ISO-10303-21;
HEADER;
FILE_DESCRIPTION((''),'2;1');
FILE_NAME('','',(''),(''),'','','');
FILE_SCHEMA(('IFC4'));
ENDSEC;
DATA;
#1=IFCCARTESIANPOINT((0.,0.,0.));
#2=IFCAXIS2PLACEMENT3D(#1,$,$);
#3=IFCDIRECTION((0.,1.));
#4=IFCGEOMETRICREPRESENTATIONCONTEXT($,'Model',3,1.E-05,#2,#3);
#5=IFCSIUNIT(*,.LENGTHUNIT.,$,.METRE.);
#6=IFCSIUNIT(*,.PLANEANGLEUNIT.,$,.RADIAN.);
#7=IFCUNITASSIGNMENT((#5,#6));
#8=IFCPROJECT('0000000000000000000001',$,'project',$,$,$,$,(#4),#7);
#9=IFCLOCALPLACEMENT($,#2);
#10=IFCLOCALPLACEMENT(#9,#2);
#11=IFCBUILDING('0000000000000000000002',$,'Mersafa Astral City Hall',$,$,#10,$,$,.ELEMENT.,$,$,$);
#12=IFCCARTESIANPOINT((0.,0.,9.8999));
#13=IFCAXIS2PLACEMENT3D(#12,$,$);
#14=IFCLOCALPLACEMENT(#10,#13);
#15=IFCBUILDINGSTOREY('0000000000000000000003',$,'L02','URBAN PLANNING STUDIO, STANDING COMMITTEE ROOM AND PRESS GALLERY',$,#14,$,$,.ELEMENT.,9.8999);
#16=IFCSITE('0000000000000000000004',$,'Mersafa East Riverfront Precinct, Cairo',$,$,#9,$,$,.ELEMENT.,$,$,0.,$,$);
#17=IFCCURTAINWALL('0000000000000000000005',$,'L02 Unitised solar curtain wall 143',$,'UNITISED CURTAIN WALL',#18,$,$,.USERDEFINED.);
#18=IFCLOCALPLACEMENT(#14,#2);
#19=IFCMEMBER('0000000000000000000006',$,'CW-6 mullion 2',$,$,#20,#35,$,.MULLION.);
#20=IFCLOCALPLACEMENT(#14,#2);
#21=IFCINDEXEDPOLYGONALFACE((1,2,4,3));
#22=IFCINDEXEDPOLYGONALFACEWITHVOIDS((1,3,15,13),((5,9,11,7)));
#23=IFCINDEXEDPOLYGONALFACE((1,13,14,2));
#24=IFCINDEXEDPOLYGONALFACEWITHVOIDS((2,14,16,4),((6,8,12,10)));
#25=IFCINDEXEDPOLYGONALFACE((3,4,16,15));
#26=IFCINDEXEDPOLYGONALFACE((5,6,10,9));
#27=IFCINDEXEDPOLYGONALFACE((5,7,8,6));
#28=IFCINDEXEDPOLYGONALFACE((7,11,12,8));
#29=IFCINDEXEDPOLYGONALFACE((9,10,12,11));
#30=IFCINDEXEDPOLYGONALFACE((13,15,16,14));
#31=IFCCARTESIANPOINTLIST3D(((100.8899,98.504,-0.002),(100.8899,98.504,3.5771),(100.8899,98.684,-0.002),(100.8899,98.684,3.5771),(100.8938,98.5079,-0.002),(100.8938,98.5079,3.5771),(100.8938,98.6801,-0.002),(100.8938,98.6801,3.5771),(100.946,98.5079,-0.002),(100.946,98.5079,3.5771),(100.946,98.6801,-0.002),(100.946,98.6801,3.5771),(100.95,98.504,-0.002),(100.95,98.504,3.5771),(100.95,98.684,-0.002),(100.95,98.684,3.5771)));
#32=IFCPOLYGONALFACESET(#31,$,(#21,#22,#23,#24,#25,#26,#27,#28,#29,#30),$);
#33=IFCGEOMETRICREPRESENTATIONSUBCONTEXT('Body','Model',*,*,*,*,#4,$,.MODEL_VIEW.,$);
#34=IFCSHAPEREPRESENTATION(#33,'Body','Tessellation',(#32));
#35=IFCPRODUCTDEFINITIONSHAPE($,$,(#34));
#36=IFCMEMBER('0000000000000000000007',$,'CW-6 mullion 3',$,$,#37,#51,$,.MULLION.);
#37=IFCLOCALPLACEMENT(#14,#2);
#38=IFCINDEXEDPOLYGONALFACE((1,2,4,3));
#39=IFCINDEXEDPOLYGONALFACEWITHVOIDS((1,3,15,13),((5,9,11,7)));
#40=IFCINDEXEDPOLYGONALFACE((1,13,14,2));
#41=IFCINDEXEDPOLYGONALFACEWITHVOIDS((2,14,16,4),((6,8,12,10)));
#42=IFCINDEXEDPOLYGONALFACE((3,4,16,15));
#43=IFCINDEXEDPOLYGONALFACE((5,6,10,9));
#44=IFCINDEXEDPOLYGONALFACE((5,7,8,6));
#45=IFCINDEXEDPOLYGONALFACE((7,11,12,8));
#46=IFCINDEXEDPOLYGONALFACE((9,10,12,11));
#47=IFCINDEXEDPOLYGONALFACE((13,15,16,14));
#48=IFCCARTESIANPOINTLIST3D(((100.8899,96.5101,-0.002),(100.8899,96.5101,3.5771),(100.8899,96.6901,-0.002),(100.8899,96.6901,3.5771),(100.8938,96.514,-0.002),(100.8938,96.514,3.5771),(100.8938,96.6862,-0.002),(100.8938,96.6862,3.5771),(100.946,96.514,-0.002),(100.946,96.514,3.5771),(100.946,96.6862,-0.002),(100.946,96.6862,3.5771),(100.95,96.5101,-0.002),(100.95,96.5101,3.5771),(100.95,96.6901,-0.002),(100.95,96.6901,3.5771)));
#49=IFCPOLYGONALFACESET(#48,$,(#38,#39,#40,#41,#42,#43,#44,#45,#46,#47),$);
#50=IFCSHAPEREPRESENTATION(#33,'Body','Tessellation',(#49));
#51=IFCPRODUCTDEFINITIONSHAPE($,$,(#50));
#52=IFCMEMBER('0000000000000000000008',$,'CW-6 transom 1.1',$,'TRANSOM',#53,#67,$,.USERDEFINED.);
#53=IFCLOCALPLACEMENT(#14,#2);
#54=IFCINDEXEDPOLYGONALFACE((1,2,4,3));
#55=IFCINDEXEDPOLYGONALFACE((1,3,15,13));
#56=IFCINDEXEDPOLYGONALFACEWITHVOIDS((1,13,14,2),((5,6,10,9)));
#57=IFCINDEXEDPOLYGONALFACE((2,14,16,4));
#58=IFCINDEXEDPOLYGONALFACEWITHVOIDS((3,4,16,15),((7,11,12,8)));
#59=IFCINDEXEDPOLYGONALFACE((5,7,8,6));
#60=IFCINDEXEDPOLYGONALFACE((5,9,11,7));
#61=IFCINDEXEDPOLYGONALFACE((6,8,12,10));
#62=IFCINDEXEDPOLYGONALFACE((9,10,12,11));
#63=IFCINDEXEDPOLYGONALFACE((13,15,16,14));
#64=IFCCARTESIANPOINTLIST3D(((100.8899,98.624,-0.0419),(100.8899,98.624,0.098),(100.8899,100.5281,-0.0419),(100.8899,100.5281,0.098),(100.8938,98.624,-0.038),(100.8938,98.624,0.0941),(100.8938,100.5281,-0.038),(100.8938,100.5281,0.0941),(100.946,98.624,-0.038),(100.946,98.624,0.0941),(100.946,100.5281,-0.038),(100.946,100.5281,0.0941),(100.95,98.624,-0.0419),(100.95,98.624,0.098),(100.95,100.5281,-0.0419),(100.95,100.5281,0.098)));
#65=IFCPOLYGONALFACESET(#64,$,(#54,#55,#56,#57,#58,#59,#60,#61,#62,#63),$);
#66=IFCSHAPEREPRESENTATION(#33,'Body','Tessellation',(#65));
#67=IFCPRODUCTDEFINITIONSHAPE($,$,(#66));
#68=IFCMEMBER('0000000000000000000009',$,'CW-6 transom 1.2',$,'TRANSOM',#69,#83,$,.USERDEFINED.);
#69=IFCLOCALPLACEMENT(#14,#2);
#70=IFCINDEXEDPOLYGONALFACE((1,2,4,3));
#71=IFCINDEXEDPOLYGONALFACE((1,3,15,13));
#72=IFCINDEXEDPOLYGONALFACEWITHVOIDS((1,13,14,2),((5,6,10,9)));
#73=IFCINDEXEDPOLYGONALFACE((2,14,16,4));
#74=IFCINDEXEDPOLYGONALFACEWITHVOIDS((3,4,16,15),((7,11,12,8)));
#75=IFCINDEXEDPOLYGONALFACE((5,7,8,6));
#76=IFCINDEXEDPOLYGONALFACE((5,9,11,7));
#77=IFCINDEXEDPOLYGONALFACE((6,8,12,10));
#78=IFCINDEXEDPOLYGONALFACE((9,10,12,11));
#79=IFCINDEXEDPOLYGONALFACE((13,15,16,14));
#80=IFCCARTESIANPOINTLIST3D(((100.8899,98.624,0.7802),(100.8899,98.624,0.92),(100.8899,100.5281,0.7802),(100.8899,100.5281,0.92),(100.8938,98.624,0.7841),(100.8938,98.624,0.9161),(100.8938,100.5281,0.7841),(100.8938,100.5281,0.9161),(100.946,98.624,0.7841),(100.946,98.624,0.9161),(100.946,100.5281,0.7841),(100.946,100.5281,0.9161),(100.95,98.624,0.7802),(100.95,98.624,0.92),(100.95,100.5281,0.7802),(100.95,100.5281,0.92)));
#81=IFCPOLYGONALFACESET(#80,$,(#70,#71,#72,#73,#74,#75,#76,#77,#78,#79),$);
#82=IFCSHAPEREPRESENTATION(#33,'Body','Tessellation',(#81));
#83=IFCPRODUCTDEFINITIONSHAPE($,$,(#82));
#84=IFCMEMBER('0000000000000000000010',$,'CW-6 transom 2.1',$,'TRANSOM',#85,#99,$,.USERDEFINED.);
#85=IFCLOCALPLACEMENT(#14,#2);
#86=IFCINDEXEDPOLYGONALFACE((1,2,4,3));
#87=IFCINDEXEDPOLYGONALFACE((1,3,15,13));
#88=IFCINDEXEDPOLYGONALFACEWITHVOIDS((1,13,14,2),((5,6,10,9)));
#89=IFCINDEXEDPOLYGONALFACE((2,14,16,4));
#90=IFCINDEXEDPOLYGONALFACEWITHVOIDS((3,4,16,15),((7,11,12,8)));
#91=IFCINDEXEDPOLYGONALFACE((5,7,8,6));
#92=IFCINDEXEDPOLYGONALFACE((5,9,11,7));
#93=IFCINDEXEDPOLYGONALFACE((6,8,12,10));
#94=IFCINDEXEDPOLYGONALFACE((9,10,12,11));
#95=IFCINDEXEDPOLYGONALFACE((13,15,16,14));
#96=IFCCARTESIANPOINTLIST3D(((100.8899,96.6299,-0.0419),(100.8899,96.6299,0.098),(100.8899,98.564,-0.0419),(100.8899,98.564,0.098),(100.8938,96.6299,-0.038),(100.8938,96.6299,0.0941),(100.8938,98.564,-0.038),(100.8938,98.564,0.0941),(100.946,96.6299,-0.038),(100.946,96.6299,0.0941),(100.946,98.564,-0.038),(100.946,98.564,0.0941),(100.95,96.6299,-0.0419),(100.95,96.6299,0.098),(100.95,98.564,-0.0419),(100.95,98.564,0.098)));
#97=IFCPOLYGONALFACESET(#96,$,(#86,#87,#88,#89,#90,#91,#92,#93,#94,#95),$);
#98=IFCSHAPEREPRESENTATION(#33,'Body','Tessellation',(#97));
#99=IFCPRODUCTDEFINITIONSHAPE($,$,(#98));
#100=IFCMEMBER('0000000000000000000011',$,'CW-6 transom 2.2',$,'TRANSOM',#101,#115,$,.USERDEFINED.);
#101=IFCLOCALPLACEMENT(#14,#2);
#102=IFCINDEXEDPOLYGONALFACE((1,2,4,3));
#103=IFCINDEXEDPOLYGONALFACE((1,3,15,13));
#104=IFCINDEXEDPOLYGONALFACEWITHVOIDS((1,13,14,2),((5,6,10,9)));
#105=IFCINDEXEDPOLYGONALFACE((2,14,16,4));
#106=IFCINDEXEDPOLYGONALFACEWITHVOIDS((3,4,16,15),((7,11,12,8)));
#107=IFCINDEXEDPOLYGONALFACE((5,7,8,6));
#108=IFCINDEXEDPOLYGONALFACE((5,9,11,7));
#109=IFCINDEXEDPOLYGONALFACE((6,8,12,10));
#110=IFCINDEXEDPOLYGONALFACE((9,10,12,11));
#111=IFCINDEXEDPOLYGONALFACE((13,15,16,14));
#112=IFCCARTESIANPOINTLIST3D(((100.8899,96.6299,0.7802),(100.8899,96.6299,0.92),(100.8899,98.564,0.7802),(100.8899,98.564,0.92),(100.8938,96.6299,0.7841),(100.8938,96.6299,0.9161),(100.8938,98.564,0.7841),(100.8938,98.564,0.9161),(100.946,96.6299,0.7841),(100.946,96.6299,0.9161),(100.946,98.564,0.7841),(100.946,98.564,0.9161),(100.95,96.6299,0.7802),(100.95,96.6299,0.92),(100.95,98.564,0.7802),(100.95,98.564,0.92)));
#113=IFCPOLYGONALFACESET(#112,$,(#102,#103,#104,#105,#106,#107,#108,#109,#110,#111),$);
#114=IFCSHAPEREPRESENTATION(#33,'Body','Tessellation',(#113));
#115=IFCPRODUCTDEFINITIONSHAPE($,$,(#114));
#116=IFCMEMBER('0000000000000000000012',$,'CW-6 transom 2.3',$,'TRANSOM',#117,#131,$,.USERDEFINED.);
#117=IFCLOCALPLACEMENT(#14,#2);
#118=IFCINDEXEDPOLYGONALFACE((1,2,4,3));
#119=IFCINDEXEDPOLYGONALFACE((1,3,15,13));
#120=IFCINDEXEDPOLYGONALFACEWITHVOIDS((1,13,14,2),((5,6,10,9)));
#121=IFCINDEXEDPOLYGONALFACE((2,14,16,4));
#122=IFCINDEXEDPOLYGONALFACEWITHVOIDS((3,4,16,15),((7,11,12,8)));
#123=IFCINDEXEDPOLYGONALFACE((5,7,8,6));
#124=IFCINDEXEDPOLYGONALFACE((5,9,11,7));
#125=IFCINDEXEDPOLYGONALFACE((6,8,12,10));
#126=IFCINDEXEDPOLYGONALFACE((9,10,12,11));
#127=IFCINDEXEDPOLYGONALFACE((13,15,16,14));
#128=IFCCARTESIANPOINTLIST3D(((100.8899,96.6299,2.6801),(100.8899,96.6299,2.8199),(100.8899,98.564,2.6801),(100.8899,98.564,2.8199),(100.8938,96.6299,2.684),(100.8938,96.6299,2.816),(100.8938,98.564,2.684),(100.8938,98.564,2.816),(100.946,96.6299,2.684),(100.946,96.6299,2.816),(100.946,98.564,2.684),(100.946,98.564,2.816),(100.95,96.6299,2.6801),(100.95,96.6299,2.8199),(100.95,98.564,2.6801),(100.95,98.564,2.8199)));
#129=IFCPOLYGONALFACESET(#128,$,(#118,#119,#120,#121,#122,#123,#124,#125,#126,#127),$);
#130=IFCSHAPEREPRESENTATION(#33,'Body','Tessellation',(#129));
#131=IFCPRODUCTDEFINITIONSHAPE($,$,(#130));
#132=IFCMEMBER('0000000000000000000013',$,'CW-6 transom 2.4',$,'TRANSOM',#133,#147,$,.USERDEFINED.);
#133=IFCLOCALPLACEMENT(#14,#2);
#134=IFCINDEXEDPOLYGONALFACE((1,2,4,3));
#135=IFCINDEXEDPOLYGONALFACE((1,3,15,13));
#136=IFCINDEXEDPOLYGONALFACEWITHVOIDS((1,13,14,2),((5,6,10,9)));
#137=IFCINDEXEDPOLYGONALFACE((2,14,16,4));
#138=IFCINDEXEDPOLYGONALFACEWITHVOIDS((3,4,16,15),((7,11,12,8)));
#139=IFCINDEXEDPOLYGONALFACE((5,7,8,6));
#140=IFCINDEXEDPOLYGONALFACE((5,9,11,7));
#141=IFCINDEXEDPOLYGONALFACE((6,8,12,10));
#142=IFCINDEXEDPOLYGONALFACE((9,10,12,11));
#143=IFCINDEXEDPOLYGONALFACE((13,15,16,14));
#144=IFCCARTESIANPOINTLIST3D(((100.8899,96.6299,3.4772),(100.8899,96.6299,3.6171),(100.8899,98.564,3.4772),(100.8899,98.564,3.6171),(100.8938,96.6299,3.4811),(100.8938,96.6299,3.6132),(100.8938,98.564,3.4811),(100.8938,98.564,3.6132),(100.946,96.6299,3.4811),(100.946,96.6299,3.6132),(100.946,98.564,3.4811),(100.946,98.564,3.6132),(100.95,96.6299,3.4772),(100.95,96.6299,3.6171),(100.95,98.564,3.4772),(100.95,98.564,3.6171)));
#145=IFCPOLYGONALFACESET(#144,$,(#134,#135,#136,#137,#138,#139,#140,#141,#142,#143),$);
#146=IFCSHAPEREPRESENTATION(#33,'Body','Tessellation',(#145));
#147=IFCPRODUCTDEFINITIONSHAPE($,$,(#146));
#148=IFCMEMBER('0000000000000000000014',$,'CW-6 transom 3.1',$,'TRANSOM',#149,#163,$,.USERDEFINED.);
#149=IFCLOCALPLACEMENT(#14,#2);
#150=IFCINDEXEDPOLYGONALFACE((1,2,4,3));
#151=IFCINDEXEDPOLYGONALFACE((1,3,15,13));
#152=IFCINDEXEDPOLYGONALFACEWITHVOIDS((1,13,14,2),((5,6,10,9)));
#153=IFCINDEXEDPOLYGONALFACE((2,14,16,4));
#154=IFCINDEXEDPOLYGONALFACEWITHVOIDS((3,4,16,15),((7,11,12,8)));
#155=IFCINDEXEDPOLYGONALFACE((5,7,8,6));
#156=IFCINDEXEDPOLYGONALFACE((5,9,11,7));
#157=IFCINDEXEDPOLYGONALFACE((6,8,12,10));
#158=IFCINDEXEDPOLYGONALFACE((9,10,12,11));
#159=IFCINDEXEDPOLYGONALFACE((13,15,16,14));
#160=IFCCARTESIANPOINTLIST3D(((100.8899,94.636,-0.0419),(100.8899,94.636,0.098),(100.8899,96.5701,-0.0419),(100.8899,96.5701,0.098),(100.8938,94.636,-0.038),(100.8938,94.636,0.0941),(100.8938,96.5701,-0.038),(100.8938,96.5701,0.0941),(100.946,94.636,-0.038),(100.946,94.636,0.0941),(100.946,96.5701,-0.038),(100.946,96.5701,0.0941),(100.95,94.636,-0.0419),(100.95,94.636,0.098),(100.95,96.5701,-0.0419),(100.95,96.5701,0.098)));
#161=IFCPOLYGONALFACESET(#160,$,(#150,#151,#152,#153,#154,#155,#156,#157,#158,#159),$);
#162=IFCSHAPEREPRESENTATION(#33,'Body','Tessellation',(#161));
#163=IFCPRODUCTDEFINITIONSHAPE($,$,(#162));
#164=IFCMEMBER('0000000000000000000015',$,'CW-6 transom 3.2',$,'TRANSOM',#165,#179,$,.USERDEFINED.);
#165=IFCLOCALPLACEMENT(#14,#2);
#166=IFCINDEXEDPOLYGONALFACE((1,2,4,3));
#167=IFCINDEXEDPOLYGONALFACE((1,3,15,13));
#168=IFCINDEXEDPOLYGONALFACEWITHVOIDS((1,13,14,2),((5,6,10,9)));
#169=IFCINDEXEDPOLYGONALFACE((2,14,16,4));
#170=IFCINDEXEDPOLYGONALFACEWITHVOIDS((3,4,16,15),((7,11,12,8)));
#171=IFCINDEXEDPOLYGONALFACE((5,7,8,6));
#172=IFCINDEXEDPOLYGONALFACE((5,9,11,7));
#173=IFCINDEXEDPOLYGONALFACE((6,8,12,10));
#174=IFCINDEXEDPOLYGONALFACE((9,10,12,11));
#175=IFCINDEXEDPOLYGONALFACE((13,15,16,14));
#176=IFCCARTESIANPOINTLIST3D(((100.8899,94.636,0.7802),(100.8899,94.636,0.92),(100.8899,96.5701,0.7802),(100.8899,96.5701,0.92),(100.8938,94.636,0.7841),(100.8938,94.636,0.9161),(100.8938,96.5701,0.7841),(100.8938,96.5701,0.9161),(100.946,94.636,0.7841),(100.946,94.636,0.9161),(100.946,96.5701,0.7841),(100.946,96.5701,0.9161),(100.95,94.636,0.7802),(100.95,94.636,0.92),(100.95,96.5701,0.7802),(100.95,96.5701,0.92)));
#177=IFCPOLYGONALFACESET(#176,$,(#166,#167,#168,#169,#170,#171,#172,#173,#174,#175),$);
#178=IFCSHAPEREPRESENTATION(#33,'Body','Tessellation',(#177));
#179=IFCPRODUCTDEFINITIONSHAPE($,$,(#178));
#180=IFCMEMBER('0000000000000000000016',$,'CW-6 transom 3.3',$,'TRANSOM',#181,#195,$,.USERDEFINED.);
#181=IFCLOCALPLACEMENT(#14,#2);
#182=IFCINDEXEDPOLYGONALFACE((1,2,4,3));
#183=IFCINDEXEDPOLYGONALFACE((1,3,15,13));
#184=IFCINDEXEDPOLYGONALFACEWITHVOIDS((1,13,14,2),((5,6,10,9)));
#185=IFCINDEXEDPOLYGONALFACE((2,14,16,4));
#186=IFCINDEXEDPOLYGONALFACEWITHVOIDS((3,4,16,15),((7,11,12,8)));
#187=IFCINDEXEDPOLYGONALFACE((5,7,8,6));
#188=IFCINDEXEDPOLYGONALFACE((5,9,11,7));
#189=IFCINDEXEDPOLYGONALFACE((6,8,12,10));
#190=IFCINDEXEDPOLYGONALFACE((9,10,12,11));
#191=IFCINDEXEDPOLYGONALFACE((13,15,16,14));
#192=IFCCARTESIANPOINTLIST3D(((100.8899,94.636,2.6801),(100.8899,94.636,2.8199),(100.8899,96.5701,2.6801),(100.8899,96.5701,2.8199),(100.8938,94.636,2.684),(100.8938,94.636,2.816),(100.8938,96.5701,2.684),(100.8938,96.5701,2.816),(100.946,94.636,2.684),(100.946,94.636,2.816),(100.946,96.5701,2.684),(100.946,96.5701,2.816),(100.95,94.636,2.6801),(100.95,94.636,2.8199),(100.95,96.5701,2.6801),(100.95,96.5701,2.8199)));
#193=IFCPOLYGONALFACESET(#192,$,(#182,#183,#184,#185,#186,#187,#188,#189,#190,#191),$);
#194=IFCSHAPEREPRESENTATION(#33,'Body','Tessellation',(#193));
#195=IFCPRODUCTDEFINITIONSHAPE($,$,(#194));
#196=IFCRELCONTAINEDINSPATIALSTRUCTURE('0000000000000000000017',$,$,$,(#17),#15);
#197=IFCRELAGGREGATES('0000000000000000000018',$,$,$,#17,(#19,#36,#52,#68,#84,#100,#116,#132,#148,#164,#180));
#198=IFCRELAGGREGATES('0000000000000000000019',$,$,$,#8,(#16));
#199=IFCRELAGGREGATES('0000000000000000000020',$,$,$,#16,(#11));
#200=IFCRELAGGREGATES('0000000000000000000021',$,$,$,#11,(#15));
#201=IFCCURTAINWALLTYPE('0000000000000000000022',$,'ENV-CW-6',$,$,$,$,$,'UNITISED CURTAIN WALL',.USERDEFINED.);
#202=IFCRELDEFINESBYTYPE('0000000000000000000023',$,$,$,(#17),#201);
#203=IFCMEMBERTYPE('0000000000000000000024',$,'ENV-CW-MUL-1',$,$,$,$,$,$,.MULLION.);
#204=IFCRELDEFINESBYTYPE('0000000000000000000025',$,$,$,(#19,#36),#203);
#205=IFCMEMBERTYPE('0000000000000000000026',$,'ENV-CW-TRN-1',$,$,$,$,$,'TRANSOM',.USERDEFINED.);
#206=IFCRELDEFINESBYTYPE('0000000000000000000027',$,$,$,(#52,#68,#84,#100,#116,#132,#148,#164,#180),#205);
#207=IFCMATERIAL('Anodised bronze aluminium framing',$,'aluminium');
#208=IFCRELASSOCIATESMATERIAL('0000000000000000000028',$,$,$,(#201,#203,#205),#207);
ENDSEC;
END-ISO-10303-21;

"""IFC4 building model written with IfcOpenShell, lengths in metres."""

from ifc_helpers import new_model, si_unit, direction, frame, origin, origin_2d, place, context, subcontext, project, spatial, hollow_rectangle, extrude, material, material_profile, profile_set, type_object, element, aggregate, save


model = new_model("IFC4")

# Units and contexts
model_context = context("Model", 3, precision=1e-05, world=origin(), true_north=direction((0.0, 1.0)))
body_context = subcontext(model_context, "Body", "Model", "MODEL_VIEW")
ifc_project = project(units=[si_unit("LENGTHUNIT", "METRE"), si_unit("PLANEANGLEUNIT", "RADIAN")], contexts=[model_context])

# Site, building, storey
site_placement = place(None, origin())
site = spatial("IfcSite", under=ifc_project, at=site_placement, Name="Mersafa East Riverfront Precinct, Cairo", CompositionType="ELEMENT", RefElevation=0.0)
building_placement = place(site_placement, origin())
building = spatial("IfcBuilding", under=site, at=building_placement, Name="Mersafa Astral City Hall", CompositionType="ELEMENT")
storey_placement = place(building_placement, frame((0.0, 0.0, 9.8999)))
storey = spatial("IfcBuildingStorey", under=building, at=storey_placement, Name="L02", Description="URBAN PLANNING STUDIO, STANDING COMMITTEE ROOM AND PRESS GALLERY", CompositionType="ELEMENT", Elevation=9.8999)

# Curtain wall, members
ifc_material_1 = material(Name="Anodised bronze aluminium framing", Category="aluminium")
curtain_wall_type = type_object("IfcCurtainWallType", Name="ENV-CW-6", ElementType="UNITISED CURTAIN WALL", PredefinedType="USERDEFINED", material=ifc_material_1)
curtain_wall_placement = place(storey_placement, origin())
curtain_wall = element("IfcCurtainWall", 1, at=curtain_wall_placement, inside=storey, type_object=curtain_wall_type, Name="L02 Unitised solar curtain wall 143", ObjectType="UNITISED CURTAIN WALL", PredefinedType="USERDEFINED")
ifc_material_profile_1 = material_profile(ifc_material_1, hollow_rectangle(XDim=0.0601, YDim=0.1799, WallThickness=0.0039, at=origin_2d()), Name="RHS 60x180x4")
ifc_profile_set_1 = profile_set([ifc_material_profile_1], Name="Anodised bronze aluminium framing")
member_type_1 = type_object("IfcMemberType", Name="ENV-CW-MUL-1", PredefinedType="MULLION", material=ifc_profile_set_1)
member_1_placement = place(storey_placement, frame((100.9199, 98.594, -0.002), z_axis=(0.0, 0.0, 1.0), x_axis=(1.0, 0.0, 0.0)))
member_1 = element("IfcMember", 2, at=member_1_placement, type_object=member_type_1, Name="CW-6 mullion 2", PredefinedType="MULLION", context=body_context, shape_type="SweptSolid", body=[
    extrude(hollow_rectangle(XDim=0.0601, YDim=0.1799, WallThickness=0.0039, at=origin_2d()), origin(), (0.0, 0.0, 1.0), 3.5791),
])
member_2_placement = place(storey_placement, frame((100.9199, 96.6001, -0.002), z_axis=(0.0, 0.0, 1.0), x_axis=(1.0, 0.0, 0.0)))
member_2 = element("IfcMember", 3, at=member_2_placement, type_object=member_type_1, Name="CW-6 mullion 3", PredefinedType="MULLION", context=body_context, shape_type="SweptSolid", body=[
    extrude(hollow_rectangle(XDim=0.0601, YDim=0.1799, WallThickness=0.0039, at=origin_2d()), origin(), (0.0, 0.0, 1.0), 3.5791),
])
ifc_material_profile_2 = material_profile(ifc_material_1, hollow_rectangle(XDim=0.0601, YDim=0.1399, WallThickness=0.0039, at=origin_2d()), Name="RHS 60x140x4")
ifc_profile_set_2 = profile_set([ifc_material_profile_2], Name="Anodised bronze aluminium framing")
member_type_2 = type_object("IfcMemberType", Name="ENV-CW-TRN-1", ElementType="TRANSOM", PredefinedType="USERDEFINED", material=ifc_profile_set_2)
member_3_placement = place(storey_placement, frame((100.9199, 100.5281, 0.0281), z_axis=(0.0, -1.0, 0.0), x_axis=(1.0, 0.0, 0.0)))
member_3 = element("IfcMember", 4, at=member_3_placement, type_object=member_type_2, Name="CW-6 transom 1.1", ObjectType="TRANSOM", PredefinedType="USERDEFINED", context=body_context, shape_type="SweptSolid", body=[
    extrude(hollow_rectangle(XDim=0.0601, YDim=0.1399, WallThickness=0.0039, at=origin_2d()), origin(), (0.0, 0.0, 1.0), 1.9041),
])
member_4_placement = place(storey_placement, frame((100.9199, 100.5281, 0.8501), z_axis=(0.0, -1.0, 0.0), x_axis=(1.0, 0.0, 0.0)))
member_4 = element("IfcMember", 5, at=member_4_placement, type_object=member_type_2, Name="CW-6 transom 1.2", ObjectType="TRANSOM", PredefinedType="USERDEFINED", context=body_context, shape_type="SweptSolid", body=[
    extrude(hollow_rectangle(XDim=0.0601, YDim=0.1399, WallThickness=0.0039, at=origin_2d()), origin(), (0.0, 0.0, 1.0), 1.9041),
])
member_5_placement = place(storey_placement, frame((100.9199, 98.564, 0.0281), z_axis=(0.0, -1.0, 0.0), x_axis=(1.0, 0.0, 0.0)))
member_5 = element("IfcMember", 6, at=member_5_placement, type_object=member_type_2, Name="CW-6 transom 2.1", ObjectType="TRANSOM", PredefinedType="USERDEFINED", context=body_context, shape_type="SweptSolid", body=[
    extrude(hollow_rectangle(XDim=0.0601, YDim=0.1399, WallThickness=0.0039, at=origin_2d()), origin(), (0.0, 0.0, 1.0), 1.9341),
])
member_6_placement = place(storey_placement, frame((100.9199, 98.564, 0.8501), z_axis=(0.0, -1.0, 0.0), x_axis=(1.0, 0.0, 0.0)))
member_6 = element("IfcMember", 7, at=member_6_placement, type_object=member_type_2, Name="CW-6 transom 2.2", ObjectType="TRANSOM", PredefinedType="USERDEFINED", context=body_context, shape_type="SweptSolid", body=[
    extrude(hollow_rectangle(XDim=0.0601, YDim=0.1399, WallThickness=0.0039, at=origin_2d()), origin(), (0.0, 0.0, 1.0), 1.9341),
])
member_7_placement = place(storey_placement, frame((100.9199, 98.564, 2.75), z_axis=(0.0, -1.0, 0.0), x_axis=(1.0, 0.0, 0.0)))
member_7 = element("IfcMember", 8, at=member_7_placement, type_object=member_type_2, Name="CW-6 transom 2.3", ObjectType="TRANSOM", PredefinedType="USERDEFINED", context=body_context, shape_type="SweptSolid", body=[
    extrude(hollow_rectangle(XDim=0.0601, YDim=0.1399, WallThickness=0.0039, at=origin_2d()), origin(), (0.0, 0.0, 1.0), 1.9341),
])
member_8_placement = place(storey_placement, frame((100.9199, 98.564, 3.5471), z_axis=(0.0, -1.0, 0.0), x_axis=(1.0, 0.0, 0.0)))
member_8 = element("IfcMember", 9, at=member_8_placement, type_object=member_type_2, Name="CW-6 transom 2.4", ObjectType="TRANSOM", PredefinedType="USERDEFINED", context=body_context, shape_type="SweptSolid", body=[
    extrude(hollow_rectangle(XDim=0.0601, YDim=0.1399, WallThickness=0.0039, at=origin_2d()), origin(), (0.0, 0.0, 1.0), 1.9341),
])
member_9_placement = place(storey_placement, frame((100.9199, 96.5701, 0.0281), z_axis=(0.0, -1.0, 0.0), x_axis=(1.0, 0.0, 0.0)))
member_9 = element("IfcMember", 10, at=member_9_placement, type_object=member_type_2, Name="CW-6 transom 3.1", ObjectType="TRANSOM", PredefinedType="USERDEFINED", context=body_context, shape_type="SweptSolid", body=[
    extrude(hollow_rectangle(XDim=0.0601, YDim=0.1399, WallThickness=0.0039, at=origin_2d()), origin(), (0.0, 0.0, 1.0), 1.9341),
])
member_10_placement = place(storey_placement, frame((100.9199, 96.5701, 0.8501), z_axis=(0.0, -1.0, 0.0), x_axis=(1.0, 0.0, 0.0)))
member_10 = element("IfcMember", 11, at=member_10_placement, type_object=member_type_2, Name="CW-6 transom 3.2", ObjectType="TRANSOM", PredefinedType="USERDEFINED", context=body_context, shape_type="SweptSolid", body=[
    extrude(hollow_rectangle(XDim=0.0601, YDim=0.1399, WallThickness=0.0039, at=origin_2d()), origin(), (0.0, 0.0, 1.0), 1.9341),
])
member_11_placement = place(storey_placement, frame((100.9199, 96.5701, 2.75), z_axis=(0.0, -1.0, 0.0), x_axis=(1.0, 0.0, 0.0)))
member_11 = element("IfcMember", 12, at=member_11_placement, type_object=member_type_2, Name="CW-6 transom 3.3", ObjectType="TRANSOM", PredefinedType="USERDEFINED", context=body_context, shape_type="SweptSolid", body=[
    extrude(hollow_rectangle(XDim=0.0601, YDim=0.1399, WallThickness=0.0039, at=origin_2d()), origin(), (0.0, 0.0, 1.0), 1.9341),
])

aggregate(curtain_wall, [member_1, member_2, member_3, member_4, member_5, member_6, member_7, member_8, member_9, member_10, member_11])

save(model, "model.ifc")
